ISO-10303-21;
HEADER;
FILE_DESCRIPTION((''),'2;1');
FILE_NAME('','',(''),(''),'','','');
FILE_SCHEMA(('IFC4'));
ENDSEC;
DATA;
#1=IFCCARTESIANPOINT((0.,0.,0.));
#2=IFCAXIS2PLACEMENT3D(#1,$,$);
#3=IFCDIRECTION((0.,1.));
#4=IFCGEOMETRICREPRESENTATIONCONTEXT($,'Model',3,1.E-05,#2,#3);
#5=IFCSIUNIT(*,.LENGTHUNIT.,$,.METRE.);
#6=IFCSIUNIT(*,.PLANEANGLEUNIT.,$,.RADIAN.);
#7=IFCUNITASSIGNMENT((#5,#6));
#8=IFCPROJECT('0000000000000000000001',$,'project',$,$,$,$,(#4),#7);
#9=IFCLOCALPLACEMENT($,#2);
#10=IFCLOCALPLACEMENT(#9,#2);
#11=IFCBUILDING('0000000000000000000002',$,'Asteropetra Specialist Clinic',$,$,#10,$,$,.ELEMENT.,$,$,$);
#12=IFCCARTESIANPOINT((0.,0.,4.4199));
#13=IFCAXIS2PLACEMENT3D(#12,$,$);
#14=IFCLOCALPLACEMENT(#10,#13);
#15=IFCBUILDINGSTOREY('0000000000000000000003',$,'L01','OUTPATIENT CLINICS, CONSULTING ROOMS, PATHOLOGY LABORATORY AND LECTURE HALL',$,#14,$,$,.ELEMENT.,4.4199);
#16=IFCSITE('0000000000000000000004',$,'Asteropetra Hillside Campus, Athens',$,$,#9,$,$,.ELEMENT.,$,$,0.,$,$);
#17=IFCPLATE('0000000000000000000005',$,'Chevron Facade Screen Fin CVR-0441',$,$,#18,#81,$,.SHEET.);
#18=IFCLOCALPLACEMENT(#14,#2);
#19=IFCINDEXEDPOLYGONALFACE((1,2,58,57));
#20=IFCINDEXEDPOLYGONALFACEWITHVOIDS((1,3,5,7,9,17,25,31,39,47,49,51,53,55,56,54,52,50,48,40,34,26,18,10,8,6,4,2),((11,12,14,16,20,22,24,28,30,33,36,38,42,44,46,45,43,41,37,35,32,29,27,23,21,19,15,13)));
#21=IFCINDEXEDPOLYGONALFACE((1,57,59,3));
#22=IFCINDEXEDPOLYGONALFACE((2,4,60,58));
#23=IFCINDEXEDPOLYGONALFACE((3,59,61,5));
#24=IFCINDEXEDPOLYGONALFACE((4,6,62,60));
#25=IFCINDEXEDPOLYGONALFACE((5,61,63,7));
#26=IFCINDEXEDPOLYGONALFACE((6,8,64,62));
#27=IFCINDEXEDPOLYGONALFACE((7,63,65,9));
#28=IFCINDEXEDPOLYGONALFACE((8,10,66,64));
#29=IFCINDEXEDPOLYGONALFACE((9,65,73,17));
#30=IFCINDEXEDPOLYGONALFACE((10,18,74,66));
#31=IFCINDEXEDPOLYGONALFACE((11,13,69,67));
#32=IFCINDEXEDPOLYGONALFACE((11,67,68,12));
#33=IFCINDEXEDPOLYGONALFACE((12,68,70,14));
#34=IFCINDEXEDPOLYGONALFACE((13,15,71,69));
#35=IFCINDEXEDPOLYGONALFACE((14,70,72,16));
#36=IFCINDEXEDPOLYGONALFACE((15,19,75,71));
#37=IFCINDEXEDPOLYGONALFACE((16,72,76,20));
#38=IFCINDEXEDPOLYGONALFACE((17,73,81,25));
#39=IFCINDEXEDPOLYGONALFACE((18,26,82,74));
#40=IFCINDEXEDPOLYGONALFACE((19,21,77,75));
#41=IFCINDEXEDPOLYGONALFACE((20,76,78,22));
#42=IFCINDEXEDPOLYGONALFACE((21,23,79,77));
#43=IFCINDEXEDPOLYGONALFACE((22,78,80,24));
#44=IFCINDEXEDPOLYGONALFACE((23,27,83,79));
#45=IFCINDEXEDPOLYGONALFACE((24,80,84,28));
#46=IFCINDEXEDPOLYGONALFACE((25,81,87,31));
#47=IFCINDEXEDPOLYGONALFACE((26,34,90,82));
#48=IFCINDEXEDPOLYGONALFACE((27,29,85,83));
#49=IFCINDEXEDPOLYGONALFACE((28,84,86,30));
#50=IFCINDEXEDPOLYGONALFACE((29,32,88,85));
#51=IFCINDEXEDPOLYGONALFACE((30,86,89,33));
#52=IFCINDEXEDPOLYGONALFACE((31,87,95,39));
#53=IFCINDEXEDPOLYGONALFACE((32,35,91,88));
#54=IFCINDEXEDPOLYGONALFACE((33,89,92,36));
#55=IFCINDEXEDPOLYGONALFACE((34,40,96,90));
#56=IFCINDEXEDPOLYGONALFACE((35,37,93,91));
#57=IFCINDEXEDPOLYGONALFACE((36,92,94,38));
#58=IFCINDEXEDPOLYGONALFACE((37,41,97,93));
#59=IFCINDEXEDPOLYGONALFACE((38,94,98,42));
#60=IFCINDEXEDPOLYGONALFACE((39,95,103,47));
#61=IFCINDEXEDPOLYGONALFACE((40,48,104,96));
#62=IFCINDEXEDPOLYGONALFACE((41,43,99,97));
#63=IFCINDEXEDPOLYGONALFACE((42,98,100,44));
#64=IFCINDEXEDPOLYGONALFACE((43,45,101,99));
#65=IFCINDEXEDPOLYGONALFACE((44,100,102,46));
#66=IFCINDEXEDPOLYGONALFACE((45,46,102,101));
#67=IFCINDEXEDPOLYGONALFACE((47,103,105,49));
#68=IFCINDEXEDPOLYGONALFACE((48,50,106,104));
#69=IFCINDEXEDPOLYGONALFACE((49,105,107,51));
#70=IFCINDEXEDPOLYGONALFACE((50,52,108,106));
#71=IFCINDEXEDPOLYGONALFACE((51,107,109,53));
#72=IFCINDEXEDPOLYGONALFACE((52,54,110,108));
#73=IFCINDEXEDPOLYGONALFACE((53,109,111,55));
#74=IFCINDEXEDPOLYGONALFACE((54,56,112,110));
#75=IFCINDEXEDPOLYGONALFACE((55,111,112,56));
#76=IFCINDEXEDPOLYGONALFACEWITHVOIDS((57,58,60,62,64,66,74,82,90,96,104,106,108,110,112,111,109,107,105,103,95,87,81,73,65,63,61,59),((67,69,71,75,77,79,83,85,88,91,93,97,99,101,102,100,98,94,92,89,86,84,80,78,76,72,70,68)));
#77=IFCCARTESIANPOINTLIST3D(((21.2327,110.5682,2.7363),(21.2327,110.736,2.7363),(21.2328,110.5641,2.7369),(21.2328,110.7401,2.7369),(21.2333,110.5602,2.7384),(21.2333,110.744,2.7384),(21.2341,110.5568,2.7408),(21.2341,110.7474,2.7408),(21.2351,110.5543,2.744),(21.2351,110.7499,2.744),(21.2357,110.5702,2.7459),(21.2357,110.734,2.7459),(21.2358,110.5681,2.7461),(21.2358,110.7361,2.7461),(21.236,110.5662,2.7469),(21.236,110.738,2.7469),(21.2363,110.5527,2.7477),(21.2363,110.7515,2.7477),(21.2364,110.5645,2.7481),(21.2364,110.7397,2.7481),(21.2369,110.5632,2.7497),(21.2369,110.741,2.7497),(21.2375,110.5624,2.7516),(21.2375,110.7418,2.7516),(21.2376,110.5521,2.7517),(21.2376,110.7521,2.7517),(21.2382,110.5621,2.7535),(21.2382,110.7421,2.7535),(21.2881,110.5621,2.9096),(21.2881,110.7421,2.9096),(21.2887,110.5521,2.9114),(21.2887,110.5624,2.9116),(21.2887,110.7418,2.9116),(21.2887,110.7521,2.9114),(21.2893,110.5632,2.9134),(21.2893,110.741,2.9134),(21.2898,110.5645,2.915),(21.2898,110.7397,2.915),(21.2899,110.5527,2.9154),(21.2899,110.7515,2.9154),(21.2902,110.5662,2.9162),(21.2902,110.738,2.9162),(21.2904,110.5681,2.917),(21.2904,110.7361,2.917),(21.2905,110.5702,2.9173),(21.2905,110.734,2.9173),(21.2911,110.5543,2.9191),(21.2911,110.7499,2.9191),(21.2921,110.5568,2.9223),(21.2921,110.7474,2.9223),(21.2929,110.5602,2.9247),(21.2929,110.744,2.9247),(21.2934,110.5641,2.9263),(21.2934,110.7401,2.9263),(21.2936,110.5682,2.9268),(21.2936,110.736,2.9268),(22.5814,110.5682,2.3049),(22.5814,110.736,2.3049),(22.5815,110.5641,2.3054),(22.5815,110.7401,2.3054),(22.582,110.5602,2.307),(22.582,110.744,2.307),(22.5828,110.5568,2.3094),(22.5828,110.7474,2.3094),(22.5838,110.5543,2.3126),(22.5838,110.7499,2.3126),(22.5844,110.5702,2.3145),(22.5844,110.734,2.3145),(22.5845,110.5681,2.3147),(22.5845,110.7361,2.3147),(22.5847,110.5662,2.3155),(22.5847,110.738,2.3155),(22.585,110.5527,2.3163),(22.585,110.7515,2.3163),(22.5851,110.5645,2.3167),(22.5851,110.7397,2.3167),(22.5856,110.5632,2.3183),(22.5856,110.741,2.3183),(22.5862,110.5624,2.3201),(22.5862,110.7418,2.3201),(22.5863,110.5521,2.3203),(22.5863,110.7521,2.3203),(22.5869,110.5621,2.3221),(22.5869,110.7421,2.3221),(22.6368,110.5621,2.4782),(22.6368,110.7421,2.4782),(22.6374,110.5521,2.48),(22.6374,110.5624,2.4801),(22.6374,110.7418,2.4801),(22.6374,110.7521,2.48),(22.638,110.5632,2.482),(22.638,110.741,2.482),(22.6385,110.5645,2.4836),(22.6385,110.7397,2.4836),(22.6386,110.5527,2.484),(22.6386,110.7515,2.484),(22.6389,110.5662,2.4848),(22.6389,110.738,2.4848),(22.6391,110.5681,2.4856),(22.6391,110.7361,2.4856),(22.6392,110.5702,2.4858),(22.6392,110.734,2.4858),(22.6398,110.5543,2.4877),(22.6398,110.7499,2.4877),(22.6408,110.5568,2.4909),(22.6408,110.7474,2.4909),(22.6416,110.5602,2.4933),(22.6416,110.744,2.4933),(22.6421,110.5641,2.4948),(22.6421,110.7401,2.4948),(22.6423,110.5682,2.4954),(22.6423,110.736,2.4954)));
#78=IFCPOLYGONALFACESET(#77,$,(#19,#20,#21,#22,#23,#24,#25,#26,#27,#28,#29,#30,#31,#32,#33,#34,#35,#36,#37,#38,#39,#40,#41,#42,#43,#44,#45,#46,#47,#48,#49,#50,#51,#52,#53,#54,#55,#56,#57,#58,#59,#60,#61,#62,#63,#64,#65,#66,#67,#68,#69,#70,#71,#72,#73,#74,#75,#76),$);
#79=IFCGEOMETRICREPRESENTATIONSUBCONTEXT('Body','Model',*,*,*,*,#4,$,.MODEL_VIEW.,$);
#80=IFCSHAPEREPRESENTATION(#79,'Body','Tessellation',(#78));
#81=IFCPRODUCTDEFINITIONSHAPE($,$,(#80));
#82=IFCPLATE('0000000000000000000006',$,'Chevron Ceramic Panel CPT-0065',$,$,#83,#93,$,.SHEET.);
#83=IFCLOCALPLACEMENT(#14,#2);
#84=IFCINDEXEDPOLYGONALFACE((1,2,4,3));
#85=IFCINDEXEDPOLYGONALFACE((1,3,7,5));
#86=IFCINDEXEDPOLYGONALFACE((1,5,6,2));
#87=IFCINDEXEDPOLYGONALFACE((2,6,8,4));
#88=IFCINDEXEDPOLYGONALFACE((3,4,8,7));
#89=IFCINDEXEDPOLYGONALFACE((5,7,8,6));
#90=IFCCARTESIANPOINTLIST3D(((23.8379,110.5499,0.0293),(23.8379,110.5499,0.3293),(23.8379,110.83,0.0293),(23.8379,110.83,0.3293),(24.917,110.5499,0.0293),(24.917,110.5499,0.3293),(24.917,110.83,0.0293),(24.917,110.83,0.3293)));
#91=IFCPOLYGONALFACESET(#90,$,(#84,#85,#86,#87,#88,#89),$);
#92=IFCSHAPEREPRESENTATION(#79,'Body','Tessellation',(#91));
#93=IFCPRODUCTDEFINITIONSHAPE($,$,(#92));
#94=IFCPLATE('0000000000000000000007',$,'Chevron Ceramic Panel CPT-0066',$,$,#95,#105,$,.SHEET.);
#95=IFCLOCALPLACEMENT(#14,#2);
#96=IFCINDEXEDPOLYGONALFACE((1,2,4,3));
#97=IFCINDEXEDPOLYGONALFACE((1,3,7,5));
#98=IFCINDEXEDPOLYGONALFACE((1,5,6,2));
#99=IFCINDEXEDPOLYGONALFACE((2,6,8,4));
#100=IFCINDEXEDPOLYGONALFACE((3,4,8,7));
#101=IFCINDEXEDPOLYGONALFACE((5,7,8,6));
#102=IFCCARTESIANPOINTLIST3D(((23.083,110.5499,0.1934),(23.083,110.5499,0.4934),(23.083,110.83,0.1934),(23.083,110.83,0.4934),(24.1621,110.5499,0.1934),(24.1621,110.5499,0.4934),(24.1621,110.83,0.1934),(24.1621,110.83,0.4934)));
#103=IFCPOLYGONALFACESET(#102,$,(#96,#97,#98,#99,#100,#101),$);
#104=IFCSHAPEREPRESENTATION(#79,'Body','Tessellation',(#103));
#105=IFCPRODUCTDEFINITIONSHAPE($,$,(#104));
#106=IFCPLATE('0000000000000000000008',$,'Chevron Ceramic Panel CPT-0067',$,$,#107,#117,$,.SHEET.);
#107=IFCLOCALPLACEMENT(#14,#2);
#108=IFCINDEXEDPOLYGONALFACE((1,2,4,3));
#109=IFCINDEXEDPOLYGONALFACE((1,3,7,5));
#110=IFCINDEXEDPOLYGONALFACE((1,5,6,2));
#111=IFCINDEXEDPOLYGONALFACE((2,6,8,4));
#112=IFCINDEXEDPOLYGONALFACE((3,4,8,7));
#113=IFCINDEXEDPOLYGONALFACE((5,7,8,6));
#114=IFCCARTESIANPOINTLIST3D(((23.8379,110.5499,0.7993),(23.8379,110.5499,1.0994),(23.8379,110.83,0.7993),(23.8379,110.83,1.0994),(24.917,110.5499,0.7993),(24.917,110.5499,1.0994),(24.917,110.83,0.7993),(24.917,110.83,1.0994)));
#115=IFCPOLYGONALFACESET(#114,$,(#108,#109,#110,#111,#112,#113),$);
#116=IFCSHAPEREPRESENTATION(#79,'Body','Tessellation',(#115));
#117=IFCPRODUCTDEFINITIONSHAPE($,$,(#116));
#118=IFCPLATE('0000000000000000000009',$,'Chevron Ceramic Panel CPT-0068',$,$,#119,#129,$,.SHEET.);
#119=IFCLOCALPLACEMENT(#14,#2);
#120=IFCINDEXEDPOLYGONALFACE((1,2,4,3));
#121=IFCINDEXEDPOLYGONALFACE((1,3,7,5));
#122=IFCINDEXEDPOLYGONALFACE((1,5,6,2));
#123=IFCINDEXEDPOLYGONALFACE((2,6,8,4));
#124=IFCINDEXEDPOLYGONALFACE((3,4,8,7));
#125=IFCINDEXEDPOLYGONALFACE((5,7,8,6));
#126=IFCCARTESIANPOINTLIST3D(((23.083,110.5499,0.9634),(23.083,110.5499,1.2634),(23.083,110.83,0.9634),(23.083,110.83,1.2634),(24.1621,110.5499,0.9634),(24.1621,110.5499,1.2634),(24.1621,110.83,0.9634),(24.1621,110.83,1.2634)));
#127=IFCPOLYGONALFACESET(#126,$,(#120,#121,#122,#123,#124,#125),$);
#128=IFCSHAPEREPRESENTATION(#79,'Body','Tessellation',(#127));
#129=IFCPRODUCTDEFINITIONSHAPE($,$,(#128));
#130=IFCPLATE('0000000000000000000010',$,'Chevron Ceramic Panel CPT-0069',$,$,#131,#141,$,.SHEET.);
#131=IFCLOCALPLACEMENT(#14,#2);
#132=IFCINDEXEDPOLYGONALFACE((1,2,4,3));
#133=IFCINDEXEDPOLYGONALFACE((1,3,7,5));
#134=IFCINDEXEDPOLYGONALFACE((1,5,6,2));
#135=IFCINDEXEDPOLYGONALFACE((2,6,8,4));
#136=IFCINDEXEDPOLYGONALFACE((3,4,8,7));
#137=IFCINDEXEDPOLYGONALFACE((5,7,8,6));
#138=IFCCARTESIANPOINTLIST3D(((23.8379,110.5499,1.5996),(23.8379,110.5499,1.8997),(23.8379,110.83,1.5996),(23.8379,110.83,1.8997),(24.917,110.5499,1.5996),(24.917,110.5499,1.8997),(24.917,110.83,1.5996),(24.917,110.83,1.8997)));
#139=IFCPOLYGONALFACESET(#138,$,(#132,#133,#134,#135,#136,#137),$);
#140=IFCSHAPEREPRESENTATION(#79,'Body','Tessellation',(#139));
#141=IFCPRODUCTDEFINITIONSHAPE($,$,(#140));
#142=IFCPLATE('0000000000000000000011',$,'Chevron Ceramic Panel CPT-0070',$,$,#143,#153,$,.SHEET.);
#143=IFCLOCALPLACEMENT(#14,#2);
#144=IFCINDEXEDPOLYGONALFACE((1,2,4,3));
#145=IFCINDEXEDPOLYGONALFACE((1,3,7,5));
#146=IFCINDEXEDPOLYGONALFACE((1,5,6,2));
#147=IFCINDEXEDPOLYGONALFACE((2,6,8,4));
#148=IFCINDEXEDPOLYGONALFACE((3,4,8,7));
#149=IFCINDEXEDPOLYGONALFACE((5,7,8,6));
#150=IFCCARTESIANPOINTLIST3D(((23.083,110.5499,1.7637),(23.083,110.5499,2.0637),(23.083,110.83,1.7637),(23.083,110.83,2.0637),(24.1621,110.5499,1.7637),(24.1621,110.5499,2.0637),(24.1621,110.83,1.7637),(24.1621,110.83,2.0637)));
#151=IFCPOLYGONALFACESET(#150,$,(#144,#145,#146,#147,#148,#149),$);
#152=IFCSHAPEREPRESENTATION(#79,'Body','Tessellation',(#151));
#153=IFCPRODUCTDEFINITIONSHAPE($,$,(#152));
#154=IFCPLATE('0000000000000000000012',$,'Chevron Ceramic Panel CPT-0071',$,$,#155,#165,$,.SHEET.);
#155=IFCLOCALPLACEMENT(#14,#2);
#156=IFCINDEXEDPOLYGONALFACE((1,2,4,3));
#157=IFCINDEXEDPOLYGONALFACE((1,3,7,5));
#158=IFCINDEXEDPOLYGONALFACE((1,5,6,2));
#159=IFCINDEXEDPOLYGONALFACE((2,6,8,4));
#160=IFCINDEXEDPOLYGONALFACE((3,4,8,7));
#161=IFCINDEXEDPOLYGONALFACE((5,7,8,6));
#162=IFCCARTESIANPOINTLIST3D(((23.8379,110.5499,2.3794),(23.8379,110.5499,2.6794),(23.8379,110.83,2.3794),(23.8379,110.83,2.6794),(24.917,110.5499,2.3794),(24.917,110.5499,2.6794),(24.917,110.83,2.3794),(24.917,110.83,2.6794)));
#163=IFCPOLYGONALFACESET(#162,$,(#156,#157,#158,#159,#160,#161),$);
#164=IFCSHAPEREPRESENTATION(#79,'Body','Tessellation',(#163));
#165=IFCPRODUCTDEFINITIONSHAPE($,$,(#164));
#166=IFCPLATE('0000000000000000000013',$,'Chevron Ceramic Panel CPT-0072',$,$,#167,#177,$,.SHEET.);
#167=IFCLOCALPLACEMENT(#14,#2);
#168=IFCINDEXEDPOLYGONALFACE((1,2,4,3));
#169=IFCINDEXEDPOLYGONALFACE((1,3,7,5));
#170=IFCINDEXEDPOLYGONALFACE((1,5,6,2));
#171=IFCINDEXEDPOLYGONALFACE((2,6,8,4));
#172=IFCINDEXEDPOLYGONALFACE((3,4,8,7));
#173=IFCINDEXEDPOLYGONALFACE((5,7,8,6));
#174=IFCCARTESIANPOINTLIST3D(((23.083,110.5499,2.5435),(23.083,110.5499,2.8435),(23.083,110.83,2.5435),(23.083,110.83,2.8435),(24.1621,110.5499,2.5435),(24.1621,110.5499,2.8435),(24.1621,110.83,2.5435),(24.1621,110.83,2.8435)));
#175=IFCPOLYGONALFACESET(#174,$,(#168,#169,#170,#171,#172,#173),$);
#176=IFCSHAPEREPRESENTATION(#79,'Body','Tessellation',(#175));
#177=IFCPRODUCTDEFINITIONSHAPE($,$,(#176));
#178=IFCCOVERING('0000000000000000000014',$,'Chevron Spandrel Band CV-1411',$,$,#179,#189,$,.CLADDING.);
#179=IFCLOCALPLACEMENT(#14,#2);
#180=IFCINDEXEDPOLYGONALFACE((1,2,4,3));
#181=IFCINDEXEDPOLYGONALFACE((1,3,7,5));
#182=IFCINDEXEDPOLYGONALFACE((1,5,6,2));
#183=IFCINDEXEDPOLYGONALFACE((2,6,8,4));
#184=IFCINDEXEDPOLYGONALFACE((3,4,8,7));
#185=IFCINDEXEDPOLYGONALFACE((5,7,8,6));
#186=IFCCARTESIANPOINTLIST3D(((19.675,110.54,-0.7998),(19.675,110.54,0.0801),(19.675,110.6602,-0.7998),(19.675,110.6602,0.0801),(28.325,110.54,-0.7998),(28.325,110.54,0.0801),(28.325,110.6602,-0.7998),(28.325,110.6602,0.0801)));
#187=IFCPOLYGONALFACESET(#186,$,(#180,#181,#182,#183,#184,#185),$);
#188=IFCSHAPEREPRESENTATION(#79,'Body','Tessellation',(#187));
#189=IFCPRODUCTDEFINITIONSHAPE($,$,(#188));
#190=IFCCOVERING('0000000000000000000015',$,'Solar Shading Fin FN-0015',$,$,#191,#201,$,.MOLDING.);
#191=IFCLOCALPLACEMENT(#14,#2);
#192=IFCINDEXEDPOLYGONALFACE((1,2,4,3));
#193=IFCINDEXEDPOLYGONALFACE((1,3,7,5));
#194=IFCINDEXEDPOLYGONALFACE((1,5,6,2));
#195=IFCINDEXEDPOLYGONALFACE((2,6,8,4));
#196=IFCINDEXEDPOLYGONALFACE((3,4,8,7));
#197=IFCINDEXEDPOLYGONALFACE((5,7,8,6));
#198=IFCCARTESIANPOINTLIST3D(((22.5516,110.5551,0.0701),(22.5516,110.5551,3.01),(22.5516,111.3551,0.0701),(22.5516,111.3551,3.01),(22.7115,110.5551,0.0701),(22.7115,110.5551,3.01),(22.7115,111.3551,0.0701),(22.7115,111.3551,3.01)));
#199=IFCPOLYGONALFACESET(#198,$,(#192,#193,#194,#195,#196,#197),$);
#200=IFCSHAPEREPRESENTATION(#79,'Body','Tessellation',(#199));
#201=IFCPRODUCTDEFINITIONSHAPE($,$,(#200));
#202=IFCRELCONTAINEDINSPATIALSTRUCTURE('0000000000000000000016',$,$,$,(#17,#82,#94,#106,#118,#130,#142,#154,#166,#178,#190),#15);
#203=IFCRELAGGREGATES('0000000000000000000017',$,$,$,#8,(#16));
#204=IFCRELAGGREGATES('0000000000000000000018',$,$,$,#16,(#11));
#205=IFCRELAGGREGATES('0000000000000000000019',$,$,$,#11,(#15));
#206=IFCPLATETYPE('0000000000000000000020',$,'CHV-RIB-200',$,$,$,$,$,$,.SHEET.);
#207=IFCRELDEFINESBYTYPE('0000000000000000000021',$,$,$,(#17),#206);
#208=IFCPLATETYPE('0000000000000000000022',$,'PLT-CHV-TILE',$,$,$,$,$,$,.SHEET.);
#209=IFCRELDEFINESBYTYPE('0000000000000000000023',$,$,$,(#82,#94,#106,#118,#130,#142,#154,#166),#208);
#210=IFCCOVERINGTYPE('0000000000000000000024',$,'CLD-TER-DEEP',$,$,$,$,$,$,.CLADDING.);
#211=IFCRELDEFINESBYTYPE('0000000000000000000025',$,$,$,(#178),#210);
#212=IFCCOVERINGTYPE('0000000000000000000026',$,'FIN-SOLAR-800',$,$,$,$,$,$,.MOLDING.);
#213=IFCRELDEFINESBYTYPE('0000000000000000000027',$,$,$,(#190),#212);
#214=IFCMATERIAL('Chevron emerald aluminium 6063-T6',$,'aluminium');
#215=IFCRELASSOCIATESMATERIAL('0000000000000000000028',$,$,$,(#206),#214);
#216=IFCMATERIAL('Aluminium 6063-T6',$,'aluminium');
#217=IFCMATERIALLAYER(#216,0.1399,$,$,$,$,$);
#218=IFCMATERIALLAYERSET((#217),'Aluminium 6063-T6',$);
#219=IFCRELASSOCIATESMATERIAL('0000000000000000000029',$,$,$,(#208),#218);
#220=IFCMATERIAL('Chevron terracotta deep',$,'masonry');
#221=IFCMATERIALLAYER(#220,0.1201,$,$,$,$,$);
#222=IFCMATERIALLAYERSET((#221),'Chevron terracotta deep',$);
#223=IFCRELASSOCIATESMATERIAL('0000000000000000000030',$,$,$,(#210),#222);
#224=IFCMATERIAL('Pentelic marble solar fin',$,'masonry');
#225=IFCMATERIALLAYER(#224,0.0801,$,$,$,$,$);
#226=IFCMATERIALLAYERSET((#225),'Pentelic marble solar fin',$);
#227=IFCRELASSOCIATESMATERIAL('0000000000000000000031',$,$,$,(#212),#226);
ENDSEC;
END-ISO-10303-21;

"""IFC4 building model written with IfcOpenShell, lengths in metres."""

from ifc_helpers import new_model, si_unit, direction, frame, origin, origin_2d, place, context, subcontext, project, spatial, rectangle, hollow_rectangle, extrude, material, layer, layer_set, material_profile, profile_set, type_object, element, save


model = new_model("IFC4")

# Units and contexts
model_context = context("Model", 3, precision=1e-05, world=origin(), true_north=direction((0.0, 1.0)))
body_context = subcontext(model_context, "Body", "Model", "MODEL_VIEW")
ifc_project = project(units=[si_unit("LENGTHUNIT", "METRE"), si_unit("PLANEANGLEUNIT", "RADIAN")], contexts=[model_context])

# Site, building, storey
site_placement = place(None, origin())
site = spatial("IfcSite", under=ifc_project, at=site_placement, Name="Asteropetra Hillside Campus, Athens", CompositionType="ELEMENT", RefElevation=0.0)
building_placement = place(site_placement, origin())
building = spatial("IfcBuilding", under=site, at=building_placement, Name="Asteropetra Specialist Clinic", CompositionType="ELEMENT")
storey_placement = place(building_placement, frame((0.0, 0.0, 4.4199)))
storey = spatial("IfcBuildingStorey", under=building, at=storey_placement, Name="L01", Description="OUTPATIENT CLINICS, CONSULTING ROOMS, PATHOLOGY LABORATORY AND LECTURE HALL", CompositionType="ELEMENT", Elevation=4.4199)

# Plates
ifc_material_1 = material(Name="Chevron emerald aluminium 6063-T6", Category="aluminium")
ifc_material_profile = material_profile(ifc_material_1, hollow_rectangle(XDim=0.2, YDim=0.2, WallThickness=0.01, InnerFilletRadius=0.0081, OuterFilletRadius=0.0161, at=origin_2d()), Name="SHS 200x200x10.0")
ifc_profile_set = profile_set([ifc_material_profile], Name="Chevron emerald aluminium 6063-T6")
plate_type_1 = type_object("IfcPlateType", Name="CHV-RIB-200", PredefinedType="SHEET", material=ifc_profile_set)
for number, where, z_axis, x_axis, name in (
    (1, (22.6118, 110.6521, 2.4001), (-0.952458, 0.0, 0.304669), (0.0, -1.0, 0.0), "Chevron Facade Screen Fin CVR-0441"),
):
    element("IfcPlate", number, at=place(storey_placement, frame(where, z_axis=z_axis, x_axis=x_axis)), inside=storey, type_object=plate_type_1, Name=name, PredefinedType="SHEET", context=body_context, shape_type="SweptSolid", body=[
        extrude(hollow_rectangle(XDim=0.2, YDim=0.2, WallThickness=0.01, InnerFilletRadius=0.0081, OuterFilletRadius=0.0161, at=origin_2d()), origin(), (0.0, 0.0, 1.0), 1.416),
    ])
ifc_material_2 = material(Name="Aluminium 6063-T6", Category="aluminium")
ifc_layer_1 = layer(ifc_material_2, 0.1399)
ifc_layer_set_1 = layer_set([ifc_layer_1], Name="Aluminium 6063-T6")
plate_type_2 = type_object("IfcPlateType", Name="PLT-CHV-TILE", PredefinedType="SHEET", material=ifc_layer_set_1)
for number, where, z_axis, x_axis, name in (
    (2, (24.3774, 110.6899, 0.0293), (0.0, 0.0, 1.0), (1.0, 0.0, 0.0), "Chevron Ceramic Panel CPT-0065"),
    (3, (23.6226, 110.6899, 0.1934), (0.0, 0.0, 1.0), (1.0, 0.0, 0.0), "Chevron Ceramic Panel CPT-0066"),
    (4, (24.3774, 110.6899, 0.7993), (0.0, 0.0, 1.0), (1.0, 0.0, 0.0), "Chevron Ceramic Panel CPT-0067"),
    (5, (23.6226, 110.6899, 0.9634), (0.0, 0.0, 1.0), (1.0, 0.0, 0.0), "Chevron Ceramic Panel CPT-0068"),
    (6, (24.3774, 110.6899, 1.5996), (0.0, 0.0, 1.0), (1.0, 0.0, 0.0), "Chevron Ceramic Panel CPT-0069"),
    (7, (23.6226, 110.6899, 1.7637), (0.0, 0.0, 1.0), (1.0, 0.0, 0.0), "Chevron Ceramic Panel CPT-0070"),
    (8, (24.3774, 110.6899, 2.3794), (0.0, 0.0, 1.0), (1.0, 0.0, 0.0), "Chevron Ceramic Panel CPT-0071"),
    (9, (23.6226, 110.6899, 2.5435), (0.0, 0.0, 1.0), (1.0, 0.0, 0.0), "Chevron Ceramic Panel CPT-0072"),
):
    element("IfcPlate", number, at=place(storey_placement, frame(where, z_axis=z_axis, x_axis=x_axis)), inside=storey, type_object=plate_type_2, Name=name, PredefinedType="SHEET", context=body_context, shape_type="SweptSolid", body=[
        extrude(rectangle(XDim=1.0791, YDim=0.28, at=origin_2d()), origin(), (0.0, 0.0, 1.0), 0.3),
    ])

# Coverings
ifc_material_3 = material(Name="Chevron terracotta deep", Category="masonry")
ifc_layer_2 = layer(ifc_material_3, 0.1201)
ifc_layer_set_2 = layer_set([ifc_layer_2], Name="Chevron terracotta deep")
covering_type_1 = type_object("IfcCoveringType", Name="CLD-TER-DEEP", PredefinedType="CLADDING", material=ifc_layer_set_2)
covering_1_placement = place(storey_placement, frame((24.0, 110.6001, -0.7998), z_axis=(0.0, 0.0, 1.0), x_axis=(1.0, 0.0, 0.0)))
element("IfcCovering", 10, at=covering_1_placement, inside=storey, type_object=covering_type_1, Name="Chevron Spandrel Band CV-1411", PredefinedType="CLADDING", context=body_context, shape_type="SweptSolid", body=[
    extrude(rectangle(XDim=8.6499, YDim=0.1201, at=origin_2d()), origin(), (0.0, 0.0, 1.0), 0.8799),
])
ifc_material_4 = material(Name="Pentelic marble solar fin", Category="masonry")
ifc_layer_3 = layer(ifc_material_4, 0.0801)
ifc_layer_set_3 = layer_set([ifc_layer_3], Name="Pentelic marble solar fin")
covering_type_2 = type_object("IfcCoveringType", Name="FIN-SOLAR-800", PredefinedType="MOLDING", material=ifc_layer_set_3)
covering_2_placement = place(storey_placement, frame((22.6316, 110.9551, 0.0701), z_axis=(0.0, 0.0, 1.0), x_axis=(1.0, 0.0, 0.0)))
element("IfcCovering", 11, at=covering_2_placement, inside=storey, type_object=covering_type_2, Name="Solar Shading Fin FN-0015", PredefinedType="MOLDING", context=body_context, shape_type="SweptSolid", body=[
    extrude(rectangle(XDim=0.1599, YDim=0.8, at=origin_2d()), origin(), (0.0, 0.0, 1.0), 2.9399),
])

save(model, "model.ifc")
